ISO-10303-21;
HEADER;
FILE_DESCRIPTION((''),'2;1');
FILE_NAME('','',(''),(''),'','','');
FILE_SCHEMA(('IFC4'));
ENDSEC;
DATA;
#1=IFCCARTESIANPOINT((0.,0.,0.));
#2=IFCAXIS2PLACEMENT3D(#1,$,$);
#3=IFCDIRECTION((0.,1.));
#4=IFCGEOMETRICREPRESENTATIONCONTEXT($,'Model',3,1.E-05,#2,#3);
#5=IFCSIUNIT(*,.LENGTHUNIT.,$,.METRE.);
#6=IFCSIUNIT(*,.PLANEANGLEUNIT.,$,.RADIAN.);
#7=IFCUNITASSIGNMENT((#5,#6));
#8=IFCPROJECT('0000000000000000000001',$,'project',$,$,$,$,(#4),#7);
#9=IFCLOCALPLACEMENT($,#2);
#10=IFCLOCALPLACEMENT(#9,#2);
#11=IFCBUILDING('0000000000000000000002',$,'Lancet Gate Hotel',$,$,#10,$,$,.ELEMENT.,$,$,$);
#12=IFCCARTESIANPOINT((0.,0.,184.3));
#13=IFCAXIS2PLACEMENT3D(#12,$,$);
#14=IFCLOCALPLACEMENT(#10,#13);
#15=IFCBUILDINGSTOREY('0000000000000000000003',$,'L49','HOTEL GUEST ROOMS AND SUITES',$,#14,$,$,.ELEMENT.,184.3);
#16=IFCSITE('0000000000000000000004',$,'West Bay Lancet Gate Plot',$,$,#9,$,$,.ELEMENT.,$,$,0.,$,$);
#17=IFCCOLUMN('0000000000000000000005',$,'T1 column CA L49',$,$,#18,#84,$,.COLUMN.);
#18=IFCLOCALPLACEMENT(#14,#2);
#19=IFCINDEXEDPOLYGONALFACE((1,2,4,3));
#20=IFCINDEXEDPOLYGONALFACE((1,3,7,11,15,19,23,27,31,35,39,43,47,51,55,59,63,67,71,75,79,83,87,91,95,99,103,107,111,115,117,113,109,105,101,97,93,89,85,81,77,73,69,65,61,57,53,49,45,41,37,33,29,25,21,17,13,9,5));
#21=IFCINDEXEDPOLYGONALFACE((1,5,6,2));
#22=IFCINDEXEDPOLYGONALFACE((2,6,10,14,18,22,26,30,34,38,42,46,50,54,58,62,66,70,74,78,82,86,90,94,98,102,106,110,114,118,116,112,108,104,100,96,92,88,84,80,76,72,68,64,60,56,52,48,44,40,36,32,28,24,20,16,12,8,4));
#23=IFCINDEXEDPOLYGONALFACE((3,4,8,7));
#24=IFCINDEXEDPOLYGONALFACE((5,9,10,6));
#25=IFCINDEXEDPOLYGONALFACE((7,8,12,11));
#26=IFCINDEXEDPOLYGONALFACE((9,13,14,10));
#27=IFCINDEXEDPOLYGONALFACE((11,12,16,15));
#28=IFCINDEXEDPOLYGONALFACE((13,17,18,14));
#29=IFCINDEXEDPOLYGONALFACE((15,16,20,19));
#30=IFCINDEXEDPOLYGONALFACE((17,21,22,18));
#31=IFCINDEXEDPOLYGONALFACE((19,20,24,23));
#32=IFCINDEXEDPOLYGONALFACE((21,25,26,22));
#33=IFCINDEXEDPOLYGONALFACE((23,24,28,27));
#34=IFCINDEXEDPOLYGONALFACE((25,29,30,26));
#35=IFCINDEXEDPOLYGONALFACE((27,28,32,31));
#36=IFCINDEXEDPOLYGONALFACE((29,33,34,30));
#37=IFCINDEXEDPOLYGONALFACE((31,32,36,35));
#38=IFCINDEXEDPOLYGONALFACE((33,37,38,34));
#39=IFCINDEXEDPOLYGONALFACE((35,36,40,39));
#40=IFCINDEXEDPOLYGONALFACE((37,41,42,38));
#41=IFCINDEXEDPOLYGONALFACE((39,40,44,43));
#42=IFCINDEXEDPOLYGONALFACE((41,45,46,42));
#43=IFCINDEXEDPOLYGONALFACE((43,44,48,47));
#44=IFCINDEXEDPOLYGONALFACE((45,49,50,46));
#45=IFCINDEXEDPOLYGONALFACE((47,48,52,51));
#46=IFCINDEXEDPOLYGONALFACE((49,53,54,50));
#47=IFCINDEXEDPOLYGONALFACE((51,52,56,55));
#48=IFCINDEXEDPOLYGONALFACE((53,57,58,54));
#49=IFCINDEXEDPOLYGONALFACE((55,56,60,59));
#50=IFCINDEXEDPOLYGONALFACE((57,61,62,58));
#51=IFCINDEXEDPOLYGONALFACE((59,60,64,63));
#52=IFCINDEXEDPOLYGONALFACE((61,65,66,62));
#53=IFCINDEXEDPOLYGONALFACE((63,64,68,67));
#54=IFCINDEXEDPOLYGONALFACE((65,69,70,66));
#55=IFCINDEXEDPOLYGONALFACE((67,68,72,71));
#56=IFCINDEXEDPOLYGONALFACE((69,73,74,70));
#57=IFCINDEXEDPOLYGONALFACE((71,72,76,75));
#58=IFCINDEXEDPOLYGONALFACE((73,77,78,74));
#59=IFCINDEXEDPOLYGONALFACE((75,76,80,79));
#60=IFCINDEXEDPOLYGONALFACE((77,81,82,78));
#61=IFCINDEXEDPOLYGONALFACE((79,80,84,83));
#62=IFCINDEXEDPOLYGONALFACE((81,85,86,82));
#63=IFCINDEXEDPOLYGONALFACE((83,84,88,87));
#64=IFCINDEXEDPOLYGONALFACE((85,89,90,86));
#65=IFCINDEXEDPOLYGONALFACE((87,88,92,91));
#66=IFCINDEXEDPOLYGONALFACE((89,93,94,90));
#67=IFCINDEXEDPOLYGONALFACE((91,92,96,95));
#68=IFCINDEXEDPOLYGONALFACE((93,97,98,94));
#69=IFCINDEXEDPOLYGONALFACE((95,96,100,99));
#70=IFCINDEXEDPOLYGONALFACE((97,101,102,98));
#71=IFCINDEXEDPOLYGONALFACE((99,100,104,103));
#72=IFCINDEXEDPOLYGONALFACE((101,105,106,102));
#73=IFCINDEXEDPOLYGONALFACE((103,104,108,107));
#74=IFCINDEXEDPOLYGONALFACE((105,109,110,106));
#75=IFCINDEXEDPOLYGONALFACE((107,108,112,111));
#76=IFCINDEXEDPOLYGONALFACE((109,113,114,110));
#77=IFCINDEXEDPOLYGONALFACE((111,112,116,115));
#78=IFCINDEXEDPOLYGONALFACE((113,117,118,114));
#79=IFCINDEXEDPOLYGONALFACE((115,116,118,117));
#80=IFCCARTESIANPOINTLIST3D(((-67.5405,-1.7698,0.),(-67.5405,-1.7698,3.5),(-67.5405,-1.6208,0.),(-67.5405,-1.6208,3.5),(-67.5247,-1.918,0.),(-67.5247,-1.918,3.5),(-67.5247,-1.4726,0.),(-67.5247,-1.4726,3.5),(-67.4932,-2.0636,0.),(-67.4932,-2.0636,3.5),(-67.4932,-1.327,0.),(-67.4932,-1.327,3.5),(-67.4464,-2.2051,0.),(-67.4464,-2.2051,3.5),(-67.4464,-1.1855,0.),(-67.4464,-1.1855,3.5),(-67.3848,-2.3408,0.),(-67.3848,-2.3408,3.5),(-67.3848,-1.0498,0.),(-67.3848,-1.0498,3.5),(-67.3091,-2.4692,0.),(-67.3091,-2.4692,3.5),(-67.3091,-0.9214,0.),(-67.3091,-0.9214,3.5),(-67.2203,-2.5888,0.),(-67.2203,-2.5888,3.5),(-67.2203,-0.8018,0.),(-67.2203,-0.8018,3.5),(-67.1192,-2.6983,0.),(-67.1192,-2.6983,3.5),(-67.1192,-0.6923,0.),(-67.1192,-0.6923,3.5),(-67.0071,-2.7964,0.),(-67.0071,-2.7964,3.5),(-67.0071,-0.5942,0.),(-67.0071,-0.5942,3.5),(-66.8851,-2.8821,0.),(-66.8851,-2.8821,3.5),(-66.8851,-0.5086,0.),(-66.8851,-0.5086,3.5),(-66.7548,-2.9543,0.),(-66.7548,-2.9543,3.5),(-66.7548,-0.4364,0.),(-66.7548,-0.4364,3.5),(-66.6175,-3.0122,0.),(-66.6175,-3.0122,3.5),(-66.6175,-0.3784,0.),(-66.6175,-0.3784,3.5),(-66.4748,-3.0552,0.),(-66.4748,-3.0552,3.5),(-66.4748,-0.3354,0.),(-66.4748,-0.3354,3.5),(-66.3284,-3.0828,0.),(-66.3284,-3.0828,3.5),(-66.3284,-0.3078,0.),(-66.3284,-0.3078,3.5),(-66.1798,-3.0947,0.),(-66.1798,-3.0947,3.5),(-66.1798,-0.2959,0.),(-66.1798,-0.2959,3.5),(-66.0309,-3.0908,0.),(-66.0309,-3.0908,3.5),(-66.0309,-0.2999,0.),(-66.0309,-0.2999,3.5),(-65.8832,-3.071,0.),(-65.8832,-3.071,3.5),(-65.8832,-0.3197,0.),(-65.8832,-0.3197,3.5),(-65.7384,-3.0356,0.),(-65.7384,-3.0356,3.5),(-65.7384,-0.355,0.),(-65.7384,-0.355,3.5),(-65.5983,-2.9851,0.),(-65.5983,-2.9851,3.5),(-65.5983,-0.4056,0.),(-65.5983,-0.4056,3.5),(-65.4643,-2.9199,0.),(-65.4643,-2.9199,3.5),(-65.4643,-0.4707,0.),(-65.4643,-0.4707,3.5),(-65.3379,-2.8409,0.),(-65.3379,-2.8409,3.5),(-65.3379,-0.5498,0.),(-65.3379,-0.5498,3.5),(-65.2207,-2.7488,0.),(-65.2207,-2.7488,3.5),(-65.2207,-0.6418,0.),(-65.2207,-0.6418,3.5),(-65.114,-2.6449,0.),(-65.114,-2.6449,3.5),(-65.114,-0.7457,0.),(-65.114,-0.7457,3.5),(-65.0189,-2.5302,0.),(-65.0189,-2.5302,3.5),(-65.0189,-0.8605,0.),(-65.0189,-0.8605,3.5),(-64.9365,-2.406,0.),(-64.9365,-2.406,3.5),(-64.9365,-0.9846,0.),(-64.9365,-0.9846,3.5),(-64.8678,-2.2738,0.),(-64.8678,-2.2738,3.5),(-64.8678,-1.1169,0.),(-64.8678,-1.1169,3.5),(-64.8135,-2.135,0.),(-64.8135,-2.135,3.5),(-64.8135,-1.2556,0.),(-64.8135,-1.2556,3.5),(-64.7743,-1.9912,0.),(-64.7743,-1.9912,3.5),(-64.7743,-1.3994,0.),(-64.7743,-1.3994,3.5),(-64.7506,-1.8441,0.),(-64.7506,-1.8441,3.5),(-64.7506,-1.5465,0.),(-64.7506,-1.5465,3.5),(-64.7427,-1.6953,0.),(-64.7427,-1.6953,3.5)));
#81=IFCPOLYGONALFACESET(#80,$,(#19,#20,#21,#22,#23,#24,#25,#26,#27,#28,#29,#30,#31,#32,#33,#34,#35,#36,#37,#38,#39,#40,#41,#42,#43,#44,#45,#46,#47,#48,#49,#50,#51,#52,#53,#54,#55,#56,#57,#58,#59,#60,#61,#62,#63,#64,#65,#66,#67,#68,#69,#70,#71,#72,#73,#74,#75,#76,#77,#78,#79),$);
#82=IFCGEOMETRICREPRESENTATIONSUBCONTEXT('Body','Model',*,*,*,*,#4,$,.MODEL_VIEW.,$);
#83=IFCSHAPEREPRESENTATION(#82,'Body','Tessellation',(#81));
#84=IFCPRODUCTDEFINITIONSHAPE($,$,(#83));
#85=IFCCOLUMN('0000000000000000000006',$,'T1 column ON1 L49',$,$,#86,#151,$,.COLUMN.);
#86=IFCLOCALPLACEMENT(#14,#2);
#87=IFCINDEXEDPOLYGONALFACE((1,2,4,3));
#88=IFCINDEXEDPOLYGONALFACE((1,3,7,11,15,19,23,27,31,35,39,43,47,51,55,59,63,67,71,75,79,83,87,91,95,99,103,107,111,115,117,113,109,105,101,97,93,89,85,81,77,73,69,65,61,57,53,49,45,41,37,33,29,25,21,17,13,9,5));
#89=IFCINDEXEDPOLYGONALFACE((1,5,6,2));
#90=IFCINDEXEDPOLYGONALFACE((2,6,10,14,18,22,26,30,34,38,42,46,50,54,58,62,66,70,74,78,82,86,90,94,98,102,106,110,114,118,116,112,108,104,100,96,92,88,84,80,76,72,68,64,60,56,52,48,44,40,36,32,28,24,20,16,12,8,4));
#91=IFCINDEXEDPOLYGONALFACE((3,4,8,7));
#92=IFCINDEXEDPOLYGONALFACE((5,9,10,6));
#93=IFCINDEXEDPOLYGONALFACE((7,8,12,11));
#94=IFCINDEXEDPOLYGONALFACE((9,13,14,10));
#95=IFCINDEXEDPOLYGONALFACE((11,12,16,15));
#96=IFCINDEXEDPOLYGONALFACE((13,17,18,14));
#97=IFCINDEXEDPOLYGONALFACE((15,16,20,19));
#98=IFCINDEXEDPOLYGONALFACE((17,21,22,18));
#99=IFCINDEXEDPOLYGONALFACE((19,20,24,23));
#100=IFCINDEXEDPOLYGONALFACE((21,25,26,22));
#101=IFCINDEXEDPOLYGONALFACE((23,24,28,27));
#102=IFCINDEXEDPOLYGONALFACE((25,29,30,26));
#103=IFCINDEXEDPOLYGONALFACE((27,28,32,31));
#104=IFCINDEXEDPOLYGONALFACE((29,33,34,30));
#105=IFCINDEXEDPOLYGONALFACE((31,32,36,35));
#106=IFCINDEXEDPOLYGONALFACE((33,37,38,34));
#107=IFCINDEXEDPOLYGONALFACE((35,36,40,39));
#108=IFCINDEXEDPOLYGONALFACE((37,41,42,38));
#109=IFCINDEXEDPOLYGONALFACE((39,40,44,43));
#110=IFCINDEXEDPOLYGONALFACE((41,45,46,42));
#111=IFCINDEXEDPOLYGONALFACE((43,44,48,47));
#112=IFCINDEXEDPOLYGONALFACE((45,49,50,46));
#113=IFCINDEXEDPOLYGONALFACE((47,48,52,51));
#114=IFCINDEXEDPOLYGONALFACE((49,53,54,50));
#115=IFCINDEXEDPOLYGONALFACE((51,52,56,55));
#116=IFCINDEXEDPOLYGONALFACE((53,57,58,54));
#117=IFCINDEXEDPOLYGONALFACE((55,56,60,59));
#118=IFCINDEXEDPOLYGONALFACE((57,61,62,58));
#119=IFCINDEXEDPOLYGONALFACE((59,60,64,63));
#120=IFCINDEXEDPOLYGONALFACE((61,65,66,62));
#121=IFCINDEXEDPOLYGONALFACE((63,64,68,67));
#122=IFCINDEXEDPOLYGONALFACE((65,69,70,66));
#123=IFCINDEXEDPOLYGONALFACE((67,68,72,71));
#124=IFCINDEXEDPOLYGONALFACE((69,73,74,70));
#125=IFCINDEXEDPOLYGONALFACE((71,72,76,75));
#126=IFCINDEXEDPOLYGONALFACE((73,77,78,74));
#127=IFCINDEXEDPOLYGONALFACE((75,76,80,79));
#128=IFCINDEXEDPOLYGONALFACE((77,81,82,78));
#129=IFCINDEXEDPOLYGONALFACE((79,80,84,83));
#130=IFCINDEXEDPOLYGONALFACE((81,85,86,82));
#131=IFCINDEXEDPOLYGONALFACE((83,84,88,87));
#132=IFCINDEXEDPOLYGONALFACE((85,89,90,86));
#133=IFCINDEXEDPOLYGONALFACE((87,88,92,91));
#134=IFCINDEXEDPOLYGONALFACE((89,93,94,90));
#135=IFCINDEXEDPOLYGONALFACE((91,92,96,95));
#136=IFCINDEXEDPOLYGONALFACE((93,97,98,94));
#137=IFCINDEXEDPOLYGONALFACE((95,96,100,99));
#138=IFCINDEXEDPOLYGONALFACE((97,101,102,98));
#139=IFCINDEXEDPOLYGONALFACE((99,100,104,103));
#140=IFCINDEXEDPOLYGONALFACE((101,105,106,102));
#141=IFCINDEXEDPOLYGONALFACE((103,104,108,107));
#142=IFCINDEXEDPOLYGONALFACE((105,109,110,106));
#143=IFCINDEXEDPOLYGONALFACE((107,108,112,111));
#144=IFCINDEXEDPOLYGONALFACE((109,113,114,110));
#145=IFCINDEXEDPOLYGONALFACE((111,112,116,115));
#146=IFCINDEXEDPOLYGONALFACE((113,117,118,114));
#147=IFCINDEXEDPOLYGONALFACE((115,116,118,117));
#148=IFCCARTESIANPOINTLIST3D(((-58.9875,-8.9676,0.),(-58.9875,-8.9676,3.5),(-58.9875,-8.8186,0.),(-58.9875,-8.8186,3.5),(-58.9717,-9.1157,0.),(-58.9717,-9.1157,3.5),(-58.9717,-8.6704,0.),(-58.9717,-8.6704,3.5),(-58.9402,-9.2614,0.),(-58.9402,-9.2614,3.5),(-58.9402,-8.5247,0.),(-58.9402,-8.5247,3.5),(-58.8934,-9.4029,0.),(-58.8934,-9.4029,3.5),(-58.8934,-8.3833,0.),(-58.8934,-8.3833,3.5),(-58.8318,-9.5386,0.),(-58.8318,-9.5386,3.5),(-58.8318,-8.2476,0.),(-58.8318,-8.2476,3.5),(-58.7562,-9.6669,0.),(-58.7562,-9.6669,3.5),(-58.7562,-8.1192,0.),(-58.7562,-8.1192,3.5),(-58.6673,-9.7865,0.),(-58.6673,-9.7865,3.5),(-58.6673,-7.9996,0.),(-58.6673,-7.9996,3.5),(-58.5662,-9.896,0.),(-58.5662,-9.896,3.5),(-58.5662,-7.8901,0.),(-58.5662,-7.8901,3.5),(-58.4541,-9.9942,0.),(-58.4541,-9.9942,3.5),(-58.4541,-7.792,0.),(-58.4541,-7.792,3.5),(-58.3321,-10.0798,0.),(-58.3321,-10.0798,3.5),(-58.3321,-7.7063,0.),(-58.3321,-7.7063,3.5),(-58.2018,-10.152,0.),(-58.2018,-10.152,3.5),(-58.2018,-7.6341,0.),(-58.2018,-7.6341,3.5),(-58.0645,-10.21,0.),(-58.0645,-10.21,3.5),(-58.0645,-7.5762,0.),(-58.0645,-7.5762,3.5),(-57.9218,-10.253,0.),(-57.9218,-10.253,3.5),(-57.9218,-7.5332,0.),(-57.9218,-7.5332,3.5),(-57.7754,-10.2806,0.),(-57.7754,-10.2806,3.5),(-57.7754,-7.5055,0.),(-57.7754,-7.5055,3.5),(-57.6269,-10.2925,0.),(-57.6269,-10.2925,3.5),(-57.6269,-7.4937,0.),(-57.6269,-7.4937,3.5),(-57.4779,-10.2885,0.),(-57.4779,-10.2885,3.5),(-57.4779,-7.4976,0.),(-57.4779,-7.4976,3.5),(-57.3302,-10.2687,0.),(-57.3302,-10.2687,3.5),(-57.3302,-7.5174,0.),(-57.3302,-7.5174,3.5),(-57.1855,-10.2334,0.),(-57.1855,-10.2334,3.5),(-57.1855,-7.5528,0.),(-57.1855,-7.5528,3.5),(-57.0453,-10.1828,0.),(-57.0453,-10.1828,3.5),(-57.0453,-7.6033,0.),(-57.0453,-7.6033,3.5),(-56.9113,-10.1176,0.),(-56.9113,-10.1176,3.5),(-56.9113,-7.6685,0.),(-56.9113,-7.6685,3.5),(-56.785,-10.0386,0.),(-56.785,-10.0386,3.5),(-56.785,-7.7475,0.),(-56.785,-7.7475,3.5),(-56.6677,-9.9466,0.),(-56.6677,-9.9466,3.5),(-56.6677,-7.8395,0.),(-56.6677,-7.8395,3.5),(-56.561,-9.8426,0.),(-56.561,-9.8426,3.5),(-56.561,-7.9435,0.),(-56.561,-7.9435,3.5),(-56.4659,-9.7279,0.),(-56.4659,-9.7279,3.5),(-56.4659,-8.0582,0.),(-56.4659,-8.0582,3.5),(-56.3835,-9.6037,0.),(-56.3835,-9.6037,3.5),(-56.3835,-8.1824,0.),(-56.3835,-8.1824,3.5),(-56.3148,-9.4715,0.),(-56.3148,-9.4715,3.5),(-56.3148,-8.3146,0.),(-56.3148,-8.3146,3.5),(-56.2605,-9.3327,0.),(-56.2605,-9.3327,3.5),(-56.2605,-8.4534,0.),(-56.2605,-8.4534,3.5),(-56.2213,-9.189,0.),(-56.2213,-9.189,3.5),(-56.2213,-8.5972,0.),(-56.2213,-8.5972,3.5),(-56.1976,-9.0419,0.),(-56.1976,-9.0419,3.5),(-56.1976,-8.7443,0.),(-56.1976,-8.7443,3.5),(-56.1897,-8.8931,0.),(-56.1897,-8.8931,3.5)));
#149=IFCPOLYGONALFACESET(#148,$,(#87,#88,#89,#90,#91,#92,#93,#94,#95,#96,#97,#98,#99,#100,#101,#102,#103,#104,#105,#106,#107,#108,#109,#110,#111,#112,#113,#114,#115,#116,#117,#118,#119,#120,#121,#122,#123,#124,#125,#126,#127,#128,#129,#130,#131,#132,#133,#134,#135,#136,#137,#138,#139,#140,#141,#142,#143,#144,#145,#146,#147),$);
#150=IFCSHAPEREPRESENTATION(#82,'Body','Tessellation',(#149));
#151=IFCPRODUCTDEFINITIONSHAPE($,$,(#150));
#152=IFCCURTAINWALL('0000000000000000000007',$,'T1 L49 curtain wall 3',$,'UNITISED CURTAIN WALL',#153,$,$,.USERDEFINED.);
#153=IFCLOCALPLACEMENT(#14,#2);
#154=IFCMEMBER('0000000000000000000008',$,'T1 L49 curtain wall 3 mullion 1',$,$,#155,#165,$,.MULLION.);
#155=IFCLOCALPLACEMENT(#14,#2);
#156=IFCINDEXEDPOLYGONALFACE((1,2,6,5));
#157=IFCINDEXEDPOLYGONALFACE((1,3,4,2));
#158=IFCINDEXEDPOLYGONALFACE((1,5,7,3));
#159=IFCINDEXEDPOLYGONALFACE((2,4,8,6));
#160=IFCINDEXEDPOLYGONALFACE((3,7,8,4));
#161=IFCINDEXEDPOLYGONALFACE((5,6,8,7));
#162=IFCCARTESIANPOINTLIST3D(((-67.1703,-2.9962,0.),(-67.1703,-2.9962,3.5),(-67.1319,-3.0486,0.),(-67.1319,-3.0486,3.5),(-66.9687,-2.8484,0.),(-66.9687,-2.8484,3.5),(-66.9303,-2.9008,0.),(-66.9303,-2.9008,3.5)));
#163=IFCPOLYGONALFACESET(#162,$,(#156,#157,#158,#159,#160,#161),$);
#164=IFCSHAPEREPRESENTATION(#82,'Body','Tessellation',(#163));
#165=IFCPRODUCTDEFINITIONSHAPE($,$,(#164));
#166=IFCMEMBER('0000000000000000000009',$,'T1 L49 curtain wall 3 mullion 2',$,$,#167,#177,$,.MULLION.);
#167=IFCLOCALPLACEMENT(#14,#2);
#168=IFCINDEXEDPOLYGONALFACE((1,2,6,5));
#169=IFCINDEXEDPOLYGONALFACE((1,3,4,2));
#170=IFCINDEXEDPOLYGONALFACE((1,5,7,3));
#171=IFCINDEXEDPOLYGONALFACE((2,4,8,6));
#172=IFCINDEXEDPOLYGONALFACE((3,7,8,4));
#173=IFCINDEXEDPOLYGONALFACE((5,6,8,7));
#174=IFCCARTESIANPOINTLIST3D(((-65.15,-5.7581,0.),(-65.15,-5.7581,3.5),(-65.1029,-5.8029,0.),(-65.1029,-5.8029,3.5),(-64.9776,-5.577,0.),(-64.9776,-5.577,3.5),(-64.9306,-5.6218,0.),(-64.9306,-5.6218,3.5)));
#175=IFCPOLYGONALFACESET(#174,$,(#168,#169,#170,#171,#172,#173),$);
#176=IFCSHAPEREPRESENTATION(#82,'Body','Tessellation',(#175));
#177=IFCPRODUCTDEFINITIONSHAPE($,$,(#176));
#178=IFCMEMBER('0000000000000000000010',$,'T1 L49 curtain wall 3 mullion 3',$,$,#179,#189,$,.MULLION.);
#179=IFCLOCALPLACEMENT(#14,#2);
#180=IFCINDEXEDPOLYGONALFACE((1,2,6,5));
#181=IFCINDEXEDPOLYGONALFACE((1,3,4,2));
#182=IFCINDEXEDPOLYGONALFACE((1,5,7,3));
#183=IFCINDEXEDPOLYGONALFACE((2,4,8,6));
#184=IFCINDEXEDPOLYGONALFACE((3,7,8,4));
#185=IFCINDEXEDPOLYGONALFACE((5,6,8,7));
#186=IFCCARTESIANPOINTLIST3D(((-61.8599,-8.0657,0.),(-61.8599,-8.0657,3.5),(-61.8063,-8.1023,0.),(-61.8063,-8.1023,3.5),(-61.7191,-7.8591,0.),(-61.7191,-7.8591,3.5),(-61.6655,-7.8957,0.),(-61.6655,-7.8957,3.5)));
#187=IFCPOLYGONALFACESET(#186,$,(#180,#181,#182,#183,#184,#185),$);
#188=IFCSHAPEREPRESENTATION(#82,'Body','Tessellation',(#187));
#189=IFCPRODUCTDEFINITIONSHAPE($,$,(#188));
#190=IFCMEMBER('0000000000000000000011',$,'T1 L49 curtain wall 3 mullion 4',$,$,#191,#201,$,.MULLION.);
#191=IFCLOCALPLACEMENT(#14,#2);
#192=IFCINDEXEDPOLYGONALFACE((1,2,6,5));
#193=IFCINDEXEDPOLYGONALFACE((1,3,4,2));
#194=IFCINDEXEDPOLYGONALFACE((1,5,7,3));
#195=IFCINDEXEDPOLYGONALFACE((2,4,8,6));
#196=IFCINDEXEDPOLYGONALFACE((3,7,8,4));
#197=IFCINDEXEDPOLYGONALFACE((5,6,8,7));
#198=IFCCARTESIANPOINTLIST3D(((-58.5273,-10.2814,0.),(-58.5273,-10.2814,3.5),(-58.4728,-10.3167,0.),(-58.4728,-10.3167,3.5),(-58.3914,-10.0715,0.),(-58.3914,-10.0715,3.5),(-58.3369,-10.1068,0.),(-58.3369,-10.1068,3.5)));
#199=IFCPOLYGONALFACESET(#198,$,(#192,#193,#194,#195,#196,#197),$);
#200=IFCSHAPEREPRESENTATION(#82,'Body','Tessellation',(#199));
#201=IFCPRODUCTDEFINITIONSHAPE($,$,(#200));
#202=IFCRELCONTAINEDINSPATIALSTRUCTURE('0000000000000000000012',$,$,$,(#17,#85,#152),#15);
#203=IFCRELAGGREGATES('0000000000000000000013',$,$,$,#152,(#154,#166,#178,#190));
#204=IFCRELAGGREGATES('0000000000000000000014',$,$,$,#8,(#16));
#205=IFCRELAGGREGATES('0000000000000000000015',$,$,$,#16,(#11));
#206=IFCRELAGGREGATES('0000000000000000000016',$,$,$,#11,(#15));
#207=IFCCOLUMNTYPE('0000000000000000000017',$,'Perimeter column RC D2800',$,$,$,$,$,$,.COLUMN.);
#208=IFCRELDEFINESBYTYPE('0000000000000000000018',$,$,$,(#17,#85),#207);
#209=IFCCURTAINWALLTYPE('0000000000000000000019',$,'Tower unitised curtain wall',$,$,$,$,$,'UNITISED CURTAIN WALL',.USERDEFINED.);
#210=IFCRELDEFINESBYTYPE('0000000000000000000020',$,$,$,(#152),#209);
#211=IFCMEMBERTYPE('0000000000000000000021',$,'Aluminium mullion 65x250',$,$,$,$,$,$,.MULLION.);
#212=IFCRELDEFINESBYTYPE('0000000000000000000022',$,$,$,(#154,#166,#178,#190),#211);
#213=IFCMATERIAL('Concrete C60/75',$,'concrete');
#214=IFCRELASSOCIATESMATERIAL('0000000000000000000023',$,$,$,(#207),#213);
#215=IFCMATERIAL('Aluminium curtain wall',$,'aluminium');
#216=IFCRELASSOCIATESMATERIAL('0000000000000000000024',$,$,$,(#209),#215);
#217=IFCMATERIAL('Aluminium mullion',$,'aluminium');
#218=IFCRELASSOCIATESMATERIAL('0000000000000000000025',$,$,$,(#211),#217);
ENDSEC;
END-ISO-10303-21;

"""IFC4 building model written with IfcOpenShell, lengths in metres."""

from ifc_helpers import new_model, si_unit, direction, frame, origin, origin_2d, place, context, subcontext, project, spatial, rectangle, circle, extrude, material, material_profile, profile_set, type_object, element, aggregate, save


model = new_model("IFC4")

# Units and contexts
model_context = context("Model", 3, precision=1e-05, world=origin(), true_north=direction((0.0, 1.0)))
body_context = subcontext(model_context, "Body", "Model", "MODEL_VIEW")
ifc_project = project(units=[si_unit("LENGTHUNIT", "METRE"), si_unit("PLANEANGLEUNIT", "RADIAN")], contexts=[model_context])

# Site, building, storey
site_placement = place(None, origin())
site = spatial("IfcSite", under=ifc_project, at=site_placement, Name="West Bay Lancet Gate Plot", CompositionType="ELEMENT", RefElevation=0.0)
building_placement = place(site_placement, origin())
building = spatial("IfcBuilding", under=site, at=building_placement, Name="Lancet Gate Hotel", CompositionType="ELEMENT")
storey_placement = place(building_placement, frame((0.0, 0.0, 184.3)))
storey = spatial("IfcBuildingStorey", under=building, at=storey_placement, Name="L49", Description="HOTEL GUEST ROOMS AND SUITES", CompositionType="ELEMENT", Elevation=184.3)

# Columns
ifc_material_1 = material(Name="Concrete C60/75", Category="concrete")
ifc_material_profile_1 = material_profile(ifc_material_1, circle(Radius=1.3999, at=origin_2d()), Name="RC D2800")
ifc_profile_set_1 = profile_set([ifc_material_profile_1], Name="Concrete C60/75")
column_type = type_object("IfcColumnType", Name="Perimeter column RC D2800", PredefinedType="COLUMN", material=ifc_profile_set_1)
for number, where, z_axis, x_axis, name in (
    (1, (-66.1426, -1.6953, 0.0), (0.0, 0.0, 1.0), (1.0, 0.0, 0.0), "T1 column CA L49"),
    (2, (-57.5896, -8.8931, 0.0), (0.0, 0.0, 1.0), (1.0, 0.0, 0.0), "T1 column ON1 L49"),
):
    element("IfcColumn", number, at=place(storey_placement, frame(where, z_axis=z_axis, x_axis=x_axis)), inside=storey, type_object=column_type, Name=name, PredefinedType="COLUMN", context=body_context, shape_type="SweptSolid", body=[
        extrude(circle(Radius=1.3999, at=origin_2d()), origin(), (0.0, 0.0, 1.0), 3.5),
    ])

# Curtain wall, members
ifc_material_2 = material(Name="Aluminium curtain wall", Category="aluminium")
curtain_wall_type = type_object("IfcCurtainWallType", Name="Tower unitised curtain wall", ElementType="UNITISED CURTAIN WALL", PredefinedType="USERDEFINED", material=ifc_material_2)
curtain_wall_placement = place(storey_placement, origin())
curtain_wall = element("IfcCurtainWall", 3, at=curtain_wall_placement, inside=storey, type_object=curtain_wall_type, Name="T1 L49 curtain wall 3", ObjectType="UNITISED CURTAIN WALL", PredefinedType="USERDEFINED")
ifc_material_3 = material(Name="Aluminium mullion", Category="aluminium")
ifc_material_profile_2 = material_profile(ifc_material_3, rectangle(XDim=0.0649, YDim=0.25, at=origin_2d()), Name="MULLION 65x250")
ifc_profile_set_2 = profile_set([ifc_material_profile_2], Name="Aluminium mullion")
member_type_1 = type_object("IfcMemberType", Name="Aluminium mullion 65x250", PredefinedType="MULLION", material=ifc_profile_set_2)
member_1_placement = place(storey_placement, frame((-67.0503, -2.9485, 0.0), z_axis=(0.0, 0.0, 1.0), x_axis=(0.5913, -0.806452, 0.0)))
member_1 = element("IfcMember", 4, at=member_1_placement, type_object=member_type_1, Name="T1 L49 curtain wall 3 mullion 1", PredefinedType="MULLION", context=body_context, shape_type="SweptSolid", body=[
    extrude(rectangle(XDim=0.0649, YDim=0.25, at=origin_2d()), origin(), (0.0, 0.0, 1.0), 3.5),
])
member_2_placement = place(storey_placement, frame((-65.0403, -5.6899, 0.0), z_axis=(0.0, 0.0, 1.0), x_axis=(0.724382, -0.689399, 0.0)))
member_2 = element("IfcMember", 5, at=member_2_placement, type_object=member_type_1, Name="T1 L49 curtain wall 3 mullion 2", PredefinedType="MULLION", context=body_context, shape_type="SweptSolid", body=[
    extrude(rectangle(XDim=0.0649, YDim=0.25, at=origin_2d()), origin(), (0.0, 0.0, 1.0), 3.5),
])
member_3_placement = place(storey_placement, frame((-61.7627, -7.9807, 0.0), z_axis=(0.0, 0.0, 1.0), x_axis=(0.826312, -0.563212, 0.0)))
member_3 = element("IfcMember", 6, at=member_3_placement, type_object=member_type_1, Name="T1 L49 curtain wall 3 mullion 3", PredefinedType="MULLION", context=body_context, shape_type="SweptSolid", body=[
    extrude(rectangle(XDim=0.0649, YDim=0.25, at=origin_2d()), origin(), (0.0, 0.0, 1.0), 3.5),
])
member_4_placement = place(storey_placement, frame((-58.4321, -10.1941, 0.0), z_axis=(0.0, 0.0, 1.0), x_axis=(0.839331, -0.543621, 0.0)))
member_4 = element("IfcMember", 7, at=member_4_placement, type_object=member_type_1, Name="T1 L49 curtain wall 3 mullion 4", PredefinedType="MULLION", context=body_context, shape_type="SweptSolid", body=[
    extrude(rectangle(XDim=0.0649, YDim=0.25, at=origin_2d()), origin(), (0.0, 0.0, 1.0), 3.5),
])

aggregate(curtain_wall, [member_1, member_2, member_3, member_4])

save(model, "model.ifc")
